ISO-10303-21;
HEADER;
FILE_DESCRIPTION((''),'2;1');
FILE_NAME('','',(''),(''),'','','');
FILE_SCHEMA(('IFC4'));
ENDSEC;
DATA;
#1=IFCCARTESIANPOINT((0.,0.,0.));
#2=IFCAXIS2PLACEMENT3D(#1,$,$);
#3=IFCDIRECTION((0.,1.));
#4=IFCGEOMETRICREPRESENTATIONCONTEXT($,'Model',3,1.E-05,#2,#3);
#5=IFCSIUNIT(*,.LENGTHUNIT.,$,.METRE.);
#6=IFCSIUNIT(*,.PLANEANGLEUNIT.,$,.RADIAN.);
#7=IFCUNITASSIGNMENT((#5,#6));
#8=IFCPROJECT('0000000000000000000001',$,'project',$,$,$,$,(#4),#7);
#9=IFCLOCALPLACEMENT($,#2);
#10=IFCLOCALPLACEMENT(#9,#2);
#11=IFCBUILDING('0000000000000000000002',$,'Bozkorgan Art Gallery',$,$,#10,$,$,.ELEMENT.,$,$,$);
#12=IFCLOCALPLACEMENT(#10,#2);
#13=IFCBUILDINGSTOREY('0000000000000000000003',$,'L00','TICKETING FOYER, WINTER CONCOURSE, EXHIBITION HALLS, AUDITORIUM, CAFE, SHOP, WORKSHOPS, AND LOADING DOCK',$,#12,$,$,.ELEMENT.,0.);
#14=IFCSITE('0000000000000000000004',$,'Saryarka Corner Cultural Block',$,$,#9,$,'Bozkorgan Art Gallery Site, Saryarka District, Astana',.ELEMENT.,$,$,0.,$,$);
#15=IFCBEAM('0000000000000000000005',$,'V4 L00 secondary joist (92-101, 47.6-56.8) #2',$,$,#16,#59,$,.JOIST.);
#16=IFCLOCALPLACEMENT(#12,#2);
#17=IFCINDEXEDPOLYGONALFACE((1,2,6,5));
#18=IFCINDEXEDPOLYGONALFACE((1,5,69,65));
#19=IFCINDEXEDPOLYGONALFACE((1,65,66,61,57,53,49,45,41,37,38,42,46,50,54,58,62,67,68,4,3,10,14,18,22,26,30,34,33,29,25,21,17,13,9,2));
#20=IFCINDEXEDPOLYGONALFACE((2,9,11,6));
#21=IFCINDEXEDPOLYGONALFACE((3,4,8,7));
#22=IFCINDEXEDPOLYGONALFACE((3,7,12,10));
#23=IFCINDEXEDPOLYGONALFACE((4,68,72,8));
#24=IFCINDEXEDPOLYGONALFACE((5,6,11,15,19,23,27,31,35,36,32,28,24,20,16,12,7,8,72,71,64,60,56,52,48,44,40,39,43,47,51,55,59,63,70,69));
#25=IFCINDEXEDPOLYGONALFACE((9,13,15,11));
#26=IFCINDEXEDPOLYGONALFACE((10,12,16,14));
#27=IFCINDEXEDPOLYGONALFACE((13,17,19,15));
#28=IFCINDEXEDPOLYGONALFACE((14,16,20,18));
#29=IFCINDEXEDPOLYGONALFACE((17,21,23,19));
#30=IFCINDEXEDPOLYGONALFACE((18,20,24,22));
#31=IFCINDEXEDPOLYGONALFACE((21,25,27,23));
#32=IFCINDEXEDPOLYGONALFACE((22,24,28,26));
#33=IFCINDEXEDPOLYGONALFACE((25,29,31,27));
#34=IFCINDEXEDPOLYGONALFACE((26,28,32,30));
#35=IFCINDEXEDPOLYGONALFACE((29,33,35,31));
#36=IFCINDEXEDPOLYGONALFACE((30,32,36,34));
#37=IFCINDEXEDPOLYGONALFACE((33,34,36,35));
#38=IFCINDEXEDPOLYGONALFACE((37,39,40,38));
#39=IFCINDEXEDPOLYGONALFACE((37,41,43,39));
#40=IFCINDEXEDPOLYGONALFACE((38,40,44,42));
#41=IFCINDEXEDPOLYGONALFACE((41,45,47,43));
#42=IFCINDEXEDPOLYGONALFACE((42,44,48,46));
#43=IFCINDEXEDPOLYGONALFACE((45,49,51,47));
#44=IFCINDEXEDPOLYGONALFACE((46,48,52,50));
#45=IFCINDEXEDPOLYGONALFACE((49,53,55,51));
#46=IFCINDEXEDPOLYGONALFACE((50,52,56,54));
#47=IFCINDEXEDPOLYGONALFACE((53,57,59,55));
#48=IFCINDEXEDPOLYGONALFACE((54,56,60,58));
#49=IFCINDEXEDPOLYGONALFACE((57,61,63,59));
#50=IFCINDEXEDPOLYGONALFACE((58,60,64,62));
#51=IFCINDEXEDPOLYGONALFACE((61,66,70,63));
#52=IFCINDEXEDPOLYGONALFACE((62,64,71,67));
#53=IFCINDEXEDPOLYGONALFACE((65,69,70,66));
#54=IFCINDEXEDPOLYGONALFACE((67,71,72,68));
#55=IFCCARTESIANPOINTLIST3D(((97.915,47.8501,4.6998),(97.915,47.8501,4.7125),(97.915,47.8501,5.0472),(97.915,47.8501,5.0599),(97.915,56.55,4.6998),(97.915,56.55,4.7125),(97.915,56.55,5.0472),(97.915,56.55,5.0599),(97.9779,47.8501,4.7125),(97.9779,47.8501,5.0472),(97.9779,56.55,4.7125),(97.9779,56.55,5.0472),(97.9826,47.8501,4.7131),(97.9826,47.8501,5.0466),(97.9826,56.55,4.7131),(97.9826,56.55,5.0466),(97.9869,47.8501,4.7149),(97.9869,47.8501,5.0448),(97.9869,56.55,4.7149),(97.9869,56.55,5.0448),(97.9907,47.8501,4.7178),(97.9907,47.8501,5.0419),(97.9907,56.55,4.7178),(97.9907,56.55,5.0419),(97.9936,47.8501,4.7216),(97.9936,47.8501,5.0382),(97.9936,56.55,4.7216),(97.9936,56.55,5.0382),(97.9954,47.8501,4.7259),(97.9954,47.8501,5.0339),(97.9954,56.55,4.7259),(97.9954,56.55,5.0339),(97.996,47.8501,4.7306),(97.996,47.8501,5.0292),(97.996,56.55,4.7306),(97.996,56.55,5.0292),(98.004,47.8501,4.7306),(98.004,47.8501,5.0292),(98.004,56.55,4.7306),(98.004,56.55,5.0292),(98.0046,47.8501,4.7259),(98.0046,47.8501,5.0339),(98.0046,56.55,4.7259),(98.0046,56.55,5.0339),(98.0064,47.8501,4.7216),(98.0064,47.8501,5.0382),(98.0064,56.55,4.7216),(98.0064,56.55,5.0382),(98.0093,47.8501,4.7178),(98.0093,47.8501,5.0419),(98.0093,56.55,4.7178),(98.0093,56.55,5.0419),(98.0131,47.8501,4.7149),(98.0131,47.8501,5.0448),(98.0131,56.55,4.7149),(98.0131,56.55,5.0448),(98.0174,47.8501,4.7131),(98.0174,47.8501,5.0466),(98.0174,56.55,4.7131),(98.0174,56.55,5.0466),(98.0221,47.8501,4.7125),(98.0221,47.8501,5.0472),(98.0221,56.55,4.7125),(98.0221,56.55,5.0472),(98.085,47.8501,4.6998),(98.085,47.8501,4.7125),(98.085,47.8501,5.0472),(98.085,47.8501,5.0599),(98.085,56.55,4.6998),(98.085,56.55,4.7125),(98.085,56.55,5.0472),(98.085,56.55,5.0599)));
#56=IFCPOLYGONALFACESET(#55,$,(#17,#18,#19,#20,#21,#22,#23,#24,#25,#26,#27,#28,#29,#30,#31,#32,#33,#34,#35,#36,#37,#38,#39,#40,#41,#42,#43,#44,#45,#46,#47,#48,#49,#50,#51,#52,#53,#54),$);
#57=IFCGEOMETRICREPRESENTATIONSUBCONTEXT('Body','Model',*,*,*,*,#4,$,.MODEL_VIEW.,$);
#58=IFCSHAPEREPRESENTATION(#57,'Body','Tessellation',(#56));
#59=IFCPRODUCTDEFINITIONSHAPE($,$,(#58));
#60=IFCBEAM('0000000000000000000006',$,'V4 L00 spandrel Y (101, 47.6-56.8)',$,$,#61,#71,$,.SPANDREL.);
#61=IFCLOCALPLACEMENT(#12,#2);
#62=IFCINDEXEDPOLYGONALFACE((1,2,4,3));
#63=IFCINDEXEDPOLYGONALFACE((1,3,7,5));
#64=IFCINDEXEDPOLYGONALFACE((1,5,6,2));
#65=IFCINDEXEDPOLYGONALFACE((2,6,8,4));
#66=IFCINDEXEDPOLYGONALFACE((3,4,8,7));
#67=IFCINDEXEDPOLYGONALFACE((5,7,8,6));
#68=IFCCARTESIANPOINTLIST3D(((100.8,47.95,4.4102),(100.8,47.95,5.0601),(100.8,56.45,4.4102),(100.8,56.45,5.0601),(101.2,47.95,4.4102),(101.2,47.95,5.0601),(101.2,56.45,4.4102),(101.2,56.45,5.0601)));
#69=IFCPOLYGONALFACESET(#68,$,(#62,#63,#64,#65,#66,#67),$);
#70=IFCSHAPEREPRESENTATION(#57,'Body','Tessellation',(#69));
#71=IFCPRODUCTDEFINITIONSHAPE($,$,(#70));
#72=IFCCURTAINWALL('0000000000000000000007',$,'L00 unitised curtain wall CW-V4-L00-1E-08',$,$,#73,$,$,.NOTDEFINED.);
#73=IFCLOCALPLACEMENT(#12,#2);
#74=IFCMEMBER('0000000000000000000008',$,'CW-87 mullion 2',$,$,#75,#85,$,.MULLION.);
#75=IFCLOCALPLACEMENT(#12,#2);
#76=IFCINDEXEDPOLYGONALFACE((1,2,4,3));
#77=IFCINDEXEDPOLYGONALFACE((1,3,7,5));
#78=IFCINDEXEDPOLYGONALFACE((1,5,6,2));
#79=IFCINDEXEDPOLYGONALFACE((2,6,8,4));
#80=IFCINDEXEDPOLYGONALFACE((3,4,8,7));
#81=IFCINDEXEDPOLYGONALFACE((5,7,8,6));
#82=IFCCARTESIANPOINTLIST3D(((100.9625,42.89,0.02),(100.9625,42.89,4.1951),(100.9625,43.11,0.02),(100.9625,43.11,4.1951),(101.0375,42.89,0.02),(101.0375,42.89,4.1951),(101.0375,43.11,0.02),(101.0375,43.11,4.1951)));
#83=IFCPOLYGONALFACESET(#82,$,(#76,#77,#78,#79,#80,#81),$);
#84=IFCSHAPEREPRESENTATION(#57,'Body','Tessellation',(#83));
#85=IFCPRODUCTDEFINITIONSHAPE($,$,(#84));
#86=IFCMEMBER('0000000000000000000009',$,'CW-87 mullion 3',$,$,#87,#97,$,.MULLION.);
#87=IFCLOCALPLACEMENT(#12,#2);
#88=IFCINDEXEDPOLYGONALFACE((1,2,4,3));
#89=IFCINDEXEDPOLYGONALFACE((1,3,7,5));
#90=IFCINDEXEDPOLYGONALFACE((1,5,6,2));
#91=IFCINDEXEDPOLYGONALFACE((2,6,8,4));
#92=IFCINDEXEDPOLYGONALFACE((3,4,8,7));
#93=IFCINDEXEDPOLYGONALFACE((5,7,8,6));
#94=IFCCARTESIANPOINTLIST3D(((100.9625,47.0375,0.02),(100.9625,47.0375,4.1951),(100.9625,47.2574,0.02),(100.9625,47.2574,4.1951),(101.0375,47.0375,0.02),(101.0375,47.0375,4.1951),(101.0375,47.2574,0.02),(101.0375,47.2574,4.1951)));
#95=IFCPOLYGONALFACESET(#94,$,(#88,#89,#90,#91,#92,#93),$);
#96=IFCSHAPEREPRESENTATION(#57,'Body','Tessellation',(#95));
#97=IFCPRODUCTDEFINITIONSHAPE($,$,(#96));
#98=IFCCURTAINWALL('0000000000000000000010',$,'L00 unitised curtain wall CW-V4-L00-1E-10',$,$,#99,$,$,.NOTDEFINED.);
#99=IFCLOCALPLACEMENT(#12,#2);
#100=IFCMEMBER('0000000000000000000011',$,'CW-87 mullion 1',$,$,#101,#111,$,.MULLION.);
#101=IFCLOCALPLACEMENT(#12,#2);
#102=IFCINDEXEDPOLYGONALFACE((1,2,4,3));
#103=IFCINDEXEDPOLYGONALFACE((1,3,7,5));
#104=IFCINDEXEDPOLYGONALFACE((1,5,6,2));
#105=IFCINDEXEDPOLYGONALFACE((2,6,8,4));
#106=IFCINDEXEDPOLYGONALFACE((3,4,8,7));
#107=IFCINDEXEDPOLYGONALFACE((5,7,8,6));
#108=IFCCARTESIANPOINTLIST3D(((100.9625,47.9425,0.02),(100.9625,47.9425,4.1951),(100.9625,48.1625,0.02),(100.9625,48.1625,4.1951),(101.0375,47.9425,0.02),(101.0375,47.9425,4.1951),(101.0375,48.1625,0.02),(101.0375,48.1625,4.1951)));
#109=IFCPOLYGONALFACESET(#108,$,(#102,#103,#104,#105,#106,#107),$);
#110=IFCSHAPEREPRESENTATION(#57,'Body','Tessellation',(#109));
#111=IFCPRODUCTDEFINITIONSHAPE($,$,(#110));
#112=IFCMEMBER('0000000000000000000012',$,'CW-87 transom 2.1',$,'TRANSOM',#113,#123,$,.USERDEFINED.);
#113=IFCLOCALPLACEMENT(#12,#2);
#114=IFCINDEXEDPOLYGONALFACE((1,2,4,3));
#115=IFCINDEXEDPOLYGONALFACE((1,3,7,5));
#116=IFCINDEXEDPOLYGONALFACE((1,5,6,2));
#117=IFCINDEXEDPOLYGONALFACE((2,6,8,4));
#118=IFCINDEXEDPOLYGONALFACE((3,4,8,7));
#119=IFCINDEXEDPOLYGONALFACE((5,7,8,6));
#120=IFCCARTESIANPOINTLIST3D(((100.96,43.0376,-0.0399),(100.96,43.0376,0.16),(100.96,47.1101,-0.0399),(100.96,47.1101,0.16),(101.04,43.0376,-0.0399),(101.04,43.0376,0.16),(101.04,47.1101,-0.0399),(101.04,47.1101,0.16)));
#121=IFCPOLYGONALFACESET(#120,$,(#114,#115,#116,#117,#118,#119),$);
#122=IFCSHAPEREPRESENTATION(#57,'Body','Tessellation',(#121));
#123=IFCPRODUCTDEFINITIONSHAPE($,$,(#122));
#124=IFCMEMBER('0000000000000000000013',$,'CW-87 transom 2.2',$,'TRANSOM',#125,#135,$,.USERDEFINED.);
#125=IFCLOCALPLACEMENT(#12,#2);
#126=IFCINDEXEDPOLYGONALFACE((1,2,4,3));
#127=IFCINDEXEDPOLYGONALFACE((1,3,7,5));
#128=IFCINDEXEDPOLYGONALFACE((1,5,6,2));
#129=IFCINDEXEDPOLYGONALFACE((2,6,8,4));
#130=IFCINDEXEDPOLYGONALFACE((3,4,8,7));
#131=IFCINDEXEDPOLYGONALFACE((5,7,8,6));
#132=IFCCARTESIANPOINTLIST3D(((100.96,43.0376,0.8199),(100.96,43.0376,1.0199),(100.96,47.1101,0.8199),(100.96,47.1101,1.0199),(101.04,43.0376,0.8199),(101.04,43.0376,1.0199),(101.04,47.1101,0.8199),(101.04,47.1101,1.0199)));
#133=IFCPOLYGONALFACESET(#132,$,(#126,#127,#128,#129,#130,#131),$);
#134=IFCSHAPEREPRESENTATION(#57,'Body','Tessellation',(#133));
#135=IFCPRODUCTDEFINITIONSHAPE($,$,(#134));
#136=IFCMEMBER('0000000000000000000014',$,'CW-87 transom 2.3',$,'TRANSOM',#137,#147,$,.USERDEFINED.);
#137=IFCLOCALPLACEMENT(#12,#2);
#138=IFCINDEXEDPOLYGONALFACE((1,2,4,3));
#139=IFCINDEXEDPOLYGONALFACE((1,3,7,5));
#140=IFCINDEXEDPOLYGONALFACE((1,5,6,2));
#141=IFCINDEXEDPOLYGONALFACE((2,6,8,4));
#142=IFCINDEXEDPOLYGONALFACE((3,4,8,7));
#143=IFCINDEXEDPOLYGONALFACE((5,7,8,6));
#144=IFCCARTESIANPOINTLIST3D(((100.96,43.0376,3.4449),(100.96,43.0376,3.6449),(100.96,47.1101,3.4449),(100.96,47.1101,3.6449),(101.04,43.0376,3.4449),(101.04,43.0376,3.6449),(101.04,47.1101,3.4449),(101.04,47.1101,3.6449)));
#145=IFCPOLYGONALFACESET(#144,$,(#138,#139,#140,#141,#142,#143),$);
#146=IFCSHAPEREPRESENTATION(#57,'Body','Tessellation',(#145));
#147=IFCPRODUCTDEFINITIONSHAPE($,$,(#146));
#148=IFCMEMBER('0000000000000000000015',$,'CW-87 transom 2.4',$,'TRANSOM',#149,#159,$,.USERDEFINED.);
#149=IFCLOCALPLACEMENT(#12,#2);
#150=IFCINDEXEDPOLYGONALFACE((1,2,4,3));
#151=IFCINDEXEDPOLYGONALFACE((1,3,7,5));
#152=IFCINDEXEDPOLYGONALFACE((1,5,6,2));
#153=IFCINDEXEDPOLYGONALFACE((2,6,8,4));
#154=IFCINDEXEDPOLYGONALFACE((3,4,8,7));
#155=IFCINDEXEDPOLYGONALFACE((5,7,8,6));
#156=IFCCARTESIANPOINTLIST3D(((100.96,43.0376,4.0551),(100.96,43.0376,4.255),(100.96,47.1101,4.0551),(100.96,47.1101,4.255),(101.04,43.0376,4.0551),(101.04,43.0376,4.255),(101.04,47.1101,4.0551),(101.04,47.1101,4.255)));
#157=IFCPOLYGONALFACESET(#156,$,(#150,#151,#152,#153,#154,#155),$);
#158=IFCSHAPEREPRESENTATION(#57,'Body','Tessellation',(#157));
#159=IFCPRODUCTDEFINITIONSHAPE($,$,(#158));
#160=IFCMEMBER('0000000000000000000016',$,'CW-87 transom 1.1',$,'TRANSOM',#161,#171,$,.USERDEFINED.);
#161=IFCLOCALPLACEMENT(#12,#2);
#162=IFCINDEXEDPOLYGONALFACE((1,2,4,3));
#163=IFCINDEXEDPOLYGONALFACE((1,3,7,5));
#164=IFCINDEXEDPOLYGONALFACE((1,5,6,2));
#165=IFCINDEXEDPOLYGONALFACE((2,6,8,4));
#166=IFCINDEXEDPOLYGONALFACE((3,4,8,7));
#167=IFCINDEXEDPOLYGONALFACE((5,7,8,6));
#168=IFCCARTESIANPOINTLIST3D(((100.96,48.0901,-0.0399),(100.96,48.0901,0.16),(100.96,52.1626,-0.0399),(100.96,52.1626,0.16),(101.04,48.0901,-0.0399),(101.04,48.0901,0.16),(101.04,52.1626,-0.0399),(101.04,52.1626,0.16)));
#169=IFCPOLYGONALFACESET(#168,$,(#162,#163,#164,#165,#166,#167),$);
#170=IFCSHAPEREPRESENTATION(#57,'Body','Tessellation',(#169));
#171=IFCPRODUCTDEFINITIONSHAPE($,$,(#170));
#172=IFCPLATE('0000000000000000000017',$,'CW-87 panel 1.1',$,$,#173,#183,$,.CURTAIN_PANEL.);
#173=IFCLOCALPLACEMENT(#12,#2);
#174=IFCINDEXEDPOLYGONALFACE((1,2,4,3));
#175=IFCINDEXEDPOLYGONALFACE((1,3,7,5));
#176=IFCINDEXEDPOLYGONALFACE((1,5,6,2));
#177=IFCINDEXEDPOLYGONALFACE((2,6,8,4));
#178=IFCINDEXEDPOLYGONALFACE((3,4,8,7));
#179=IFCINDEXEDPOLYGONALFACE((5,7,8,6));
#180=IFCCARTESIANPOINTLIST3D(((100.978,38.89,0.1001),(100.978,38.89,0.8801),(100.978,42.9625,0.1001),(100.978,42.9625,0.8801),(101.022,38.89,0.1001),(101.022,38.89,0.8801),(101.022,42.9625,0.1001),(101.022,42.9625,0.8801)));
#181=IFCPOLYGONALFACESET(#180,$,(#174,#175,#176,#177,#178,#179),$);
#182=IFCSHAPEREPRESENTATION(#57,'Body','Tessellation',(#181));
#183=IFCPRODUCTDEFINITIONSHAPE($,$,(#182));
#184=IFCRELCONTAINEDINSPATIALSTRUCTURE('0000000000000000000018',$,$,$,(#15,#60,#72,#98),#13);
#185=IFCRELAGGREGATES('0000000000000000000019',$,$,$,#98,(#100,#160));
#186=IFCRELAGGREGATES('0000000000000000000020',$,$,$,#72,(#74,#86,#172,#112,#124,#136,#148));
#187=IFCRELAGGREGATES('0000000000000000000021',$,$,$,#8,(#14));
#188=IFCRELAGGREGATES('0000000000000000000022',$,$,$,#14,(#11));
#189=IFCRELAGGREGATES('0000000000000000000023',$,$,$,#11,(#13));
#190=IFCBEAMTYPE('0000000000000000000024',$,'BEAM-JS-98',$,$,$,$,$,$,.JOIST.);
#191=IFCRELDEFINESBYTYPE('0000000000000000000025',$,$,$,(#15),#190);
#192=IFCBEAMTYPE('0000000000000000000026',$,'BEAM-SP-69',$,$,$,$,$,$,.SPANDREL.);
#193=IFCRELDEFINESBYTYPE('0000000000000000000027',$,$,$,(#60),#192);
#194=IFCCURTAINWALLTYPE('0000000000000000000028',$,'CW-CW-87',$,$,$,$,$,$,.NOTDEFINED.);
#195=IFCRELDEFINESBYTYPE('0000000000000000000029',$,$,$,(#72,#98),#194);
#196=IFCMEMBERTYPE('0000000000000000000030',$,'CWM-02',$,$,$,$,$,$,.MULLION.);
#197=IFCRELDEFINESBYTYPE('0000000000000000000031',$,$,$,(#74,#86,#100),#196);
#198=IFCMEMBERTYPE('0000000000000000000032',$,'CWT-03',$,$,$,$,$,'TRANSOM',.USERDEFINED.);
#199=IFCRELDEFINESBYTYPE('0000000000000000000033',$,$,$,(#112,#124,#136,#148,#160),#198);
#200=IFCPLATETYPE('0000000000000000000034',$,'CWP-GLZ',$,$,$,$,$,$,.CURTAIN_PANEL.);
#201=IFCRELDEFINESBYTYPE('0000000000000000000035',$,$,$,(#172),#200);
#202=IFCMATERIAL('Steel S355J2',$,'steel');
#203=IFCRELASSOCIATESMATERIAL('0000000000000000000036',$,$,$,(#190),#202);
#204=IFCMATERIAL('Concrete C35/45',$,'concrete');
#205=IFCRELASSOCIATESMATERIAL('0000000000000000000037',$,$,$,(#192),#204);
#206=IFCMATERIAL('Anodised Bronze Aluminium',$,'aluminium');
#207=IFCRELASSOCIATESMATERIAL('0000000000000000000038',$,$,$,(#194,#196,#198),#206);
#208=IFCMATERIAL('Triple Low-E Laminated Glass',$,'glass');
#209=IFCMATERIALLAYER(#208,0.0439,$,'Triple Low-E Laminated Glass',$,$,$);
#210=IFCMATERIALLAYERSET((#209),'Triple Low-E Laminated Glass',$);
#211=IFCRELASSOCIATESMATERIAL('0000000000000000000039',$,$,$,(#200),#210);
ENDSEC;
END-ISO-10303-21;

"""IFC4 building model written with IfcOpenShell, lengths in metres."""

from ifc_helpers import new_model, si_unit, direction, frame, origin, origin_2d, place, context, subcontext, project, spatial, rectangle, i_section, extrude, material, layer, layer_set, material_profile, profile_set, type_object, element, aggregate, save


model = new_model("IFC4")

# Units and contexts
model_context = context("Model", 3, precision=1e-05, world=origin(), true_north=direction((0.0, 1.0)))
body_context = subcontext(model_context, "Body", "Model", "MODEL_VIEW")
ifc_project = project(units=[si_unit("LENGTHUNIT", "METRE"), si_unit("PLANEANGLEUNIT", "RADIAN")], contexts=[model_context])

# Site, building, storey
site_placement = place(None, origin())
site = spatial("IfcSite", under=ifc_project, at=site_placement, Name="Saryarka Corner Cultural Block", LongName="Bozkorgan Art Gallery Site, Saryarka District, Astana", CompositionType="ELEMENT", RefElevation=0.0)
building_placement = place(site_placement, origin())
building = spatial("IfcBuilding", under=site, at=building_placement, Name="Bozkorgan Art Gallery", CompositionType="ELEMENT")
storey_placement = place(building_placement, origin())
storey = spatial("IfcBuildingStorey", under=building, at=storey_placement, Name="L00", Description="TICKETING FOYER, WINTER CONCOURSE, EXHIBITION HALLS, AUDITORIUM, CAFE, SHOP, WORKSHOPS, AND LOADING DOCK", CompositionType="ELEMENT", Elevation=0.0)

# Beams
ifc_material_1 = material(Name="Concrete C35/45", Category="concrete")
ifc_material_2 = material(Name="Steel S355J2", Category="steel")
ifc_material_profile_1 = material_profile(ifc_material_2, i_section(OverallWidth=0.1699, OverallDepth=0.3601, WebThickness=0.0081, FlangeThickness=0.0127, FilletRadius=0.0181, at=origin_2d()), Name="IPE 360")
ifc_profile_set_1 = profile_set([ifc_material_profile_1], Name="Steel S355J2")
beam_type_1 = type_object("IfcBeamType", Name="BEAM-JS-98", PredefinedType="JOIST", material=ifc_profile_set_1)
for number, where, z_axis, x_axis, name in (
    (1, (98.0, 47.8501, 4.8799), (0.0, 1.0, 0.0), (-1.0, 0.0, 0.0), "V4 L00 secondary joist (92-101, 47.6-56.8) #2"),
):
    element("IfcBeam", number, at=place(storey_placement, frame(where, z_axis=z_axis, x_axis=x_axis)), inside=storey, type_object=beam_type_1, Name=name, PredefinedType="JOIST", context=body_context, shape_type="SweptSolid", body=[
        extrude(i_section(OverallWidth=0.1699, OverallDepth=0.3601, WebThickness=0.0081, FlangeThickness=0.0127, FilletRadius=0.0181, at=origin_2d()), origin(), (0.0, 0.0, 1.0), 8.7),
    ])
ifc_material_profile_2 = material_profile(ifc_material_1, rectangle(XDim=0.3999, YDim=0.6499, at=origin_2d()), Name="RC 400x650")
ifc_profile_set_2 = profile_set([ifc_material_profile_2], Name="Concrete C35/45")
beam_type_2 = type_object("IfcBeamType", Name="BEAM-SP-69", PredefinedType="SPANDREL", material=ifc_profile_set_2)
beam_1_placement = place(storey_placement, frame((101.0, 47.95, 4.7351), z_axis=(0.0, 1.0, 0.0), x_axis=(-1.0, 0.0, 0.0)))
element("IfcBeam", 2, at=beam_1_placement, inside=storey, type_object=beam_type_2, Name="V4 L00 spandrel Y (101, 47.6-56.8)", PredefinedType="SPANDREL", context=body_context, shape_type="SweptSolid", body=[
    extrude(rectangle(XDim=0.3999, YDim=0.6499, at=origin_2d()), origin(), (0.0, 0.0, 1.0), 8.5),
])

# Curtain wall, members
ifc_material_3 = material(Name="Anodised Bronze Aluminium", Category="aluminium")
curtain_wall_type = type_object("IfcCurtainWallType", Name="CW-CW-87", PredefinedType="NOTDEFINED", material=ifc_material_3)
curtain_wall_1_placement = place(storey_placement, origin())
curtain_wall_1 = element("IfcCurtainWall", 3, at=curtain_wall_1_placement, inside=storey, type_object=curtain_wall_type, Name="L00 unitised curtain wall CW-V4-L00-1E-08", PredefinedType="NOTDEFINED")
ifc_material_profile_3 = material_profile(ifc_material_3, rectangle(XDim=0.075, YDim=0.22, at=origin_2d()), Name="ALU MULLION 75x220")
ifc_profile_set_3 = profile_set([ifc_material_profile_3], Name="Anodised Bronze Aluminium")
member_type_1 = type_object("IfcMemberType", Name="CWM-02", PredefinedType="MULLION", material=ifc_profile_set_3)
member_1_placement = place(storey_placement, frame((101.0, 43.0, 0.02), z_axis=(0.0, 0.0, 1.0), x_axis=(-1.0, 0.0, 0.0)))
member_1 = element("IfcMember", 4, at=member_1_placement, type_object=member_type_1, Name="CW-87 mullion 2", PredefinedType="MULLION", context=body_context, shape_type="SweptSolid", body=[
    extrude(rectangle(XDim=0.075, YDim=0.22, at=origin_2d()), origin(), (0.0, 0.0, 1.0), 4.175),
])
member_2_placement = place(storey_placement, frame((101.0, 47.1475, 0.02), z_axis=(0.0, 0.0, 1.0), x_axis=(-1.0, 0.0, 0.0)))
member_2 = element("IfcMember", 5, at=member_2_placement, type_object=member_type_1, Name="CW-87 mullion 3", PredefinedType="MULLION", context=body_context, shape_type="SweptSolid", body=[
    extrude(rectangle(XDim=0.075, YDim=0.22, at=origin_2d()), origin(), (0.0, 0.0, 1.0), 4.175),
])

# Curtain wall, member
curtain_wall_2_placement = place(storey_placement, origin())
curtain_wall_2 = element("IfcCurtainWall", 6, at=curtain_wall_2_placement, inside=storey, type_object=curtain_wall_type, Name="L00 unitised curtain wall CW-V4-L00-1E-10", PredefinedType="NOTDEFINED")
member_3_placement = place(storey_placement, frame((101.0, 48.0525, 0.02), z_axis=(0.0, 0.0, 1.0), x_axis=(-1.0, 0.0, 0.0)))
member_3 = element("IfcMember", 7, at=member_3_placement, type_object=member_type_1, Name="CW-87 mullion 1", PredefinedType="MULLION", context=body_context, shape_type="SweptSolid", body=[
    extrude(rectangle(XDim=0.075, YDim=0.22, at=origin_2d()), origin(), (0.0, 0.0, 1.0), 4.175),
])

# Members
ifc_material_profile_4 = material_profile(ifc_material_3, rectangle(XDim=0.0801, YDim=0.2, at=origin_2d()), Name="ALU TRANSOM 80x200")
ifc_profile_set_4 = profile_set([ifc_material_profile_4], Name="Anodised Bronze Aluminium")
member_type_2 = type_object("IfcMemberType", Name="CWT-03", ElementType="TRANSOM", PredefinedType="USERDEFINED", material=ifc_profile_set_4)
member_4_placement = place(storey_placement, frame((101.0, 43.0376, 0.0601), z_axis=(0.0, 1.0, 0.0), x_axis=(-1.0, 0.0, 0.0)))
member_4 = element("IfcMember", 8, at=member_4_placement, type_object=member_type_2, Name="CW-87 transom 2.1", ObjectType="TRANSOM", PredefinedType="USERDEFINED", context=body_context, shape_type="SweptSolid", body=[
    extrude(rectangle(XDim=0.0801, YDim=0.2, at=origin_2d()), origin(), (0.0, 0.0, 1.0), 4.0725),
])
member_5_placement = place(storey_placement, frame((101.0, 43.0376, 0.9199), z_axis=(0.0, 1.0, 0.0), x_axis=(-1.0, 0.0, 0.0)))
member_5 = element("IfcMember", 9, at=member_5_placement, type_object=member_type_2, Name="CW-87 transom 2.2", ObjectType="TRANSOM", PredefinedType="USERDEFINED", context=body_context, shape_type="SweptSolid", body=[
    extrude(rectangle(XDim=0.0801, YDim=0.2, at=origin_2d()), origin(), (0.0, 0.0, 1.0), 4.0725),
])
member_6_placement = place(storey_placement, frame((101.0, 43.0376, 3.5449), z_axis=(0.0, 1.0, 0.0), x_axis=(-1.0, 0.0, 0.0)))
member_6 = element("IfcMember", 10, at=member_6_placement, type_object=member_type_2, Name="CW-87 transom 2.3", ObjectType="TRANSOM", PredefinedType="USERDEFINED", context=body_context, shape_type="SweptSolid", body=[
    extrude(rectangle(XDim=0.0801, YDim=0.2, at=origin_2d()), origin(), (0.0, 0.0, 1.0), 4.0725),
])
member_7_placement = place(storey_placement, frame((101.0, 43.0376, 4.155), z_axis=(0.0, 1.0, 0.0), x_axis=(-1.0, 0.0, 0.0)))
member_7 = element("IfcMember", 11, at=member_7_placement, type_object=member_type_2, Name="CW-87 transom 2.4", ObjectType="TRANSOM", PredefinedType="USERDEFINED", context=body_context, shape_type="SweptSolid", body=[
    extrude(rectangle(XDim=0.0801, YDim=0.2, at=origin_2d()), origin(), (0.0, 0.0, 1.0), 4.0725),
])
member_8_placement = place(storey_placement, frame((101.0, 48.0901, 0.0601), z_axis=(0.0, 1.0, 0.0), x_axis=(-1.0, 0.0, 0.0)))
member_8 = element("IfcMember", 12, at=member_8_placement, type_object=member_type_2, Name="CW-87 transom 1.1", ObjectType="TRANSOM", PredefinedType="USERDEFINED", context=body_context, shape_type="SweptSolid", body=[
    extrude(rectangle(XDim=0.0801, YDim=0.2, at=origin_2d()), origin(), (0.0, 0.0, 1.0), 4.0725),
])
aggregate(curtain_wall_2, [member_3, member_8])

# Plate
ifc_material_4 = material(Name="Triple Low-E Laminated Glass", Category="glass")
ifc_layer_1 = layer(ifc_material_4, 0.0439, Name="Triple Low-E Laminated Glass")
ifc_layer_set_1 = layer_set([ifc_layer_1], Name="Triple Low-E Laminated Glass")
plate_type = type_object("IfcPlateType", Name="CWP-GLZ", PredefinedType="CURTAIN_PANEL", material=ifc_layer_set_1)
plate_1_placement = place(storey_placement, frame((101.0, 40.9263, 0.1001), z_axis=(0.0, 0.0, 1.0), x_axis=(0.0, 1.0, 0.0)))
plate_1 = element("IfcPlate", 13, at=plate_1_placement, type_object=plate_type, Name="CW-87 panel 1.1", PredefinedType="CURTAIN_PANEL", context=body_context, shape_type="SweptSolid", body=[
    extrude(rectangle(XDim=4.0725, YDim=0.0439, at=origin_2d()), origin(), (0.0, 0.0, 1.0), 0.78),
])
aggregate(curtain_wall_1, [member_1, member_2, plate_1, member_4, member_5, member_6, member_7])

save(model, "model.ifc")
